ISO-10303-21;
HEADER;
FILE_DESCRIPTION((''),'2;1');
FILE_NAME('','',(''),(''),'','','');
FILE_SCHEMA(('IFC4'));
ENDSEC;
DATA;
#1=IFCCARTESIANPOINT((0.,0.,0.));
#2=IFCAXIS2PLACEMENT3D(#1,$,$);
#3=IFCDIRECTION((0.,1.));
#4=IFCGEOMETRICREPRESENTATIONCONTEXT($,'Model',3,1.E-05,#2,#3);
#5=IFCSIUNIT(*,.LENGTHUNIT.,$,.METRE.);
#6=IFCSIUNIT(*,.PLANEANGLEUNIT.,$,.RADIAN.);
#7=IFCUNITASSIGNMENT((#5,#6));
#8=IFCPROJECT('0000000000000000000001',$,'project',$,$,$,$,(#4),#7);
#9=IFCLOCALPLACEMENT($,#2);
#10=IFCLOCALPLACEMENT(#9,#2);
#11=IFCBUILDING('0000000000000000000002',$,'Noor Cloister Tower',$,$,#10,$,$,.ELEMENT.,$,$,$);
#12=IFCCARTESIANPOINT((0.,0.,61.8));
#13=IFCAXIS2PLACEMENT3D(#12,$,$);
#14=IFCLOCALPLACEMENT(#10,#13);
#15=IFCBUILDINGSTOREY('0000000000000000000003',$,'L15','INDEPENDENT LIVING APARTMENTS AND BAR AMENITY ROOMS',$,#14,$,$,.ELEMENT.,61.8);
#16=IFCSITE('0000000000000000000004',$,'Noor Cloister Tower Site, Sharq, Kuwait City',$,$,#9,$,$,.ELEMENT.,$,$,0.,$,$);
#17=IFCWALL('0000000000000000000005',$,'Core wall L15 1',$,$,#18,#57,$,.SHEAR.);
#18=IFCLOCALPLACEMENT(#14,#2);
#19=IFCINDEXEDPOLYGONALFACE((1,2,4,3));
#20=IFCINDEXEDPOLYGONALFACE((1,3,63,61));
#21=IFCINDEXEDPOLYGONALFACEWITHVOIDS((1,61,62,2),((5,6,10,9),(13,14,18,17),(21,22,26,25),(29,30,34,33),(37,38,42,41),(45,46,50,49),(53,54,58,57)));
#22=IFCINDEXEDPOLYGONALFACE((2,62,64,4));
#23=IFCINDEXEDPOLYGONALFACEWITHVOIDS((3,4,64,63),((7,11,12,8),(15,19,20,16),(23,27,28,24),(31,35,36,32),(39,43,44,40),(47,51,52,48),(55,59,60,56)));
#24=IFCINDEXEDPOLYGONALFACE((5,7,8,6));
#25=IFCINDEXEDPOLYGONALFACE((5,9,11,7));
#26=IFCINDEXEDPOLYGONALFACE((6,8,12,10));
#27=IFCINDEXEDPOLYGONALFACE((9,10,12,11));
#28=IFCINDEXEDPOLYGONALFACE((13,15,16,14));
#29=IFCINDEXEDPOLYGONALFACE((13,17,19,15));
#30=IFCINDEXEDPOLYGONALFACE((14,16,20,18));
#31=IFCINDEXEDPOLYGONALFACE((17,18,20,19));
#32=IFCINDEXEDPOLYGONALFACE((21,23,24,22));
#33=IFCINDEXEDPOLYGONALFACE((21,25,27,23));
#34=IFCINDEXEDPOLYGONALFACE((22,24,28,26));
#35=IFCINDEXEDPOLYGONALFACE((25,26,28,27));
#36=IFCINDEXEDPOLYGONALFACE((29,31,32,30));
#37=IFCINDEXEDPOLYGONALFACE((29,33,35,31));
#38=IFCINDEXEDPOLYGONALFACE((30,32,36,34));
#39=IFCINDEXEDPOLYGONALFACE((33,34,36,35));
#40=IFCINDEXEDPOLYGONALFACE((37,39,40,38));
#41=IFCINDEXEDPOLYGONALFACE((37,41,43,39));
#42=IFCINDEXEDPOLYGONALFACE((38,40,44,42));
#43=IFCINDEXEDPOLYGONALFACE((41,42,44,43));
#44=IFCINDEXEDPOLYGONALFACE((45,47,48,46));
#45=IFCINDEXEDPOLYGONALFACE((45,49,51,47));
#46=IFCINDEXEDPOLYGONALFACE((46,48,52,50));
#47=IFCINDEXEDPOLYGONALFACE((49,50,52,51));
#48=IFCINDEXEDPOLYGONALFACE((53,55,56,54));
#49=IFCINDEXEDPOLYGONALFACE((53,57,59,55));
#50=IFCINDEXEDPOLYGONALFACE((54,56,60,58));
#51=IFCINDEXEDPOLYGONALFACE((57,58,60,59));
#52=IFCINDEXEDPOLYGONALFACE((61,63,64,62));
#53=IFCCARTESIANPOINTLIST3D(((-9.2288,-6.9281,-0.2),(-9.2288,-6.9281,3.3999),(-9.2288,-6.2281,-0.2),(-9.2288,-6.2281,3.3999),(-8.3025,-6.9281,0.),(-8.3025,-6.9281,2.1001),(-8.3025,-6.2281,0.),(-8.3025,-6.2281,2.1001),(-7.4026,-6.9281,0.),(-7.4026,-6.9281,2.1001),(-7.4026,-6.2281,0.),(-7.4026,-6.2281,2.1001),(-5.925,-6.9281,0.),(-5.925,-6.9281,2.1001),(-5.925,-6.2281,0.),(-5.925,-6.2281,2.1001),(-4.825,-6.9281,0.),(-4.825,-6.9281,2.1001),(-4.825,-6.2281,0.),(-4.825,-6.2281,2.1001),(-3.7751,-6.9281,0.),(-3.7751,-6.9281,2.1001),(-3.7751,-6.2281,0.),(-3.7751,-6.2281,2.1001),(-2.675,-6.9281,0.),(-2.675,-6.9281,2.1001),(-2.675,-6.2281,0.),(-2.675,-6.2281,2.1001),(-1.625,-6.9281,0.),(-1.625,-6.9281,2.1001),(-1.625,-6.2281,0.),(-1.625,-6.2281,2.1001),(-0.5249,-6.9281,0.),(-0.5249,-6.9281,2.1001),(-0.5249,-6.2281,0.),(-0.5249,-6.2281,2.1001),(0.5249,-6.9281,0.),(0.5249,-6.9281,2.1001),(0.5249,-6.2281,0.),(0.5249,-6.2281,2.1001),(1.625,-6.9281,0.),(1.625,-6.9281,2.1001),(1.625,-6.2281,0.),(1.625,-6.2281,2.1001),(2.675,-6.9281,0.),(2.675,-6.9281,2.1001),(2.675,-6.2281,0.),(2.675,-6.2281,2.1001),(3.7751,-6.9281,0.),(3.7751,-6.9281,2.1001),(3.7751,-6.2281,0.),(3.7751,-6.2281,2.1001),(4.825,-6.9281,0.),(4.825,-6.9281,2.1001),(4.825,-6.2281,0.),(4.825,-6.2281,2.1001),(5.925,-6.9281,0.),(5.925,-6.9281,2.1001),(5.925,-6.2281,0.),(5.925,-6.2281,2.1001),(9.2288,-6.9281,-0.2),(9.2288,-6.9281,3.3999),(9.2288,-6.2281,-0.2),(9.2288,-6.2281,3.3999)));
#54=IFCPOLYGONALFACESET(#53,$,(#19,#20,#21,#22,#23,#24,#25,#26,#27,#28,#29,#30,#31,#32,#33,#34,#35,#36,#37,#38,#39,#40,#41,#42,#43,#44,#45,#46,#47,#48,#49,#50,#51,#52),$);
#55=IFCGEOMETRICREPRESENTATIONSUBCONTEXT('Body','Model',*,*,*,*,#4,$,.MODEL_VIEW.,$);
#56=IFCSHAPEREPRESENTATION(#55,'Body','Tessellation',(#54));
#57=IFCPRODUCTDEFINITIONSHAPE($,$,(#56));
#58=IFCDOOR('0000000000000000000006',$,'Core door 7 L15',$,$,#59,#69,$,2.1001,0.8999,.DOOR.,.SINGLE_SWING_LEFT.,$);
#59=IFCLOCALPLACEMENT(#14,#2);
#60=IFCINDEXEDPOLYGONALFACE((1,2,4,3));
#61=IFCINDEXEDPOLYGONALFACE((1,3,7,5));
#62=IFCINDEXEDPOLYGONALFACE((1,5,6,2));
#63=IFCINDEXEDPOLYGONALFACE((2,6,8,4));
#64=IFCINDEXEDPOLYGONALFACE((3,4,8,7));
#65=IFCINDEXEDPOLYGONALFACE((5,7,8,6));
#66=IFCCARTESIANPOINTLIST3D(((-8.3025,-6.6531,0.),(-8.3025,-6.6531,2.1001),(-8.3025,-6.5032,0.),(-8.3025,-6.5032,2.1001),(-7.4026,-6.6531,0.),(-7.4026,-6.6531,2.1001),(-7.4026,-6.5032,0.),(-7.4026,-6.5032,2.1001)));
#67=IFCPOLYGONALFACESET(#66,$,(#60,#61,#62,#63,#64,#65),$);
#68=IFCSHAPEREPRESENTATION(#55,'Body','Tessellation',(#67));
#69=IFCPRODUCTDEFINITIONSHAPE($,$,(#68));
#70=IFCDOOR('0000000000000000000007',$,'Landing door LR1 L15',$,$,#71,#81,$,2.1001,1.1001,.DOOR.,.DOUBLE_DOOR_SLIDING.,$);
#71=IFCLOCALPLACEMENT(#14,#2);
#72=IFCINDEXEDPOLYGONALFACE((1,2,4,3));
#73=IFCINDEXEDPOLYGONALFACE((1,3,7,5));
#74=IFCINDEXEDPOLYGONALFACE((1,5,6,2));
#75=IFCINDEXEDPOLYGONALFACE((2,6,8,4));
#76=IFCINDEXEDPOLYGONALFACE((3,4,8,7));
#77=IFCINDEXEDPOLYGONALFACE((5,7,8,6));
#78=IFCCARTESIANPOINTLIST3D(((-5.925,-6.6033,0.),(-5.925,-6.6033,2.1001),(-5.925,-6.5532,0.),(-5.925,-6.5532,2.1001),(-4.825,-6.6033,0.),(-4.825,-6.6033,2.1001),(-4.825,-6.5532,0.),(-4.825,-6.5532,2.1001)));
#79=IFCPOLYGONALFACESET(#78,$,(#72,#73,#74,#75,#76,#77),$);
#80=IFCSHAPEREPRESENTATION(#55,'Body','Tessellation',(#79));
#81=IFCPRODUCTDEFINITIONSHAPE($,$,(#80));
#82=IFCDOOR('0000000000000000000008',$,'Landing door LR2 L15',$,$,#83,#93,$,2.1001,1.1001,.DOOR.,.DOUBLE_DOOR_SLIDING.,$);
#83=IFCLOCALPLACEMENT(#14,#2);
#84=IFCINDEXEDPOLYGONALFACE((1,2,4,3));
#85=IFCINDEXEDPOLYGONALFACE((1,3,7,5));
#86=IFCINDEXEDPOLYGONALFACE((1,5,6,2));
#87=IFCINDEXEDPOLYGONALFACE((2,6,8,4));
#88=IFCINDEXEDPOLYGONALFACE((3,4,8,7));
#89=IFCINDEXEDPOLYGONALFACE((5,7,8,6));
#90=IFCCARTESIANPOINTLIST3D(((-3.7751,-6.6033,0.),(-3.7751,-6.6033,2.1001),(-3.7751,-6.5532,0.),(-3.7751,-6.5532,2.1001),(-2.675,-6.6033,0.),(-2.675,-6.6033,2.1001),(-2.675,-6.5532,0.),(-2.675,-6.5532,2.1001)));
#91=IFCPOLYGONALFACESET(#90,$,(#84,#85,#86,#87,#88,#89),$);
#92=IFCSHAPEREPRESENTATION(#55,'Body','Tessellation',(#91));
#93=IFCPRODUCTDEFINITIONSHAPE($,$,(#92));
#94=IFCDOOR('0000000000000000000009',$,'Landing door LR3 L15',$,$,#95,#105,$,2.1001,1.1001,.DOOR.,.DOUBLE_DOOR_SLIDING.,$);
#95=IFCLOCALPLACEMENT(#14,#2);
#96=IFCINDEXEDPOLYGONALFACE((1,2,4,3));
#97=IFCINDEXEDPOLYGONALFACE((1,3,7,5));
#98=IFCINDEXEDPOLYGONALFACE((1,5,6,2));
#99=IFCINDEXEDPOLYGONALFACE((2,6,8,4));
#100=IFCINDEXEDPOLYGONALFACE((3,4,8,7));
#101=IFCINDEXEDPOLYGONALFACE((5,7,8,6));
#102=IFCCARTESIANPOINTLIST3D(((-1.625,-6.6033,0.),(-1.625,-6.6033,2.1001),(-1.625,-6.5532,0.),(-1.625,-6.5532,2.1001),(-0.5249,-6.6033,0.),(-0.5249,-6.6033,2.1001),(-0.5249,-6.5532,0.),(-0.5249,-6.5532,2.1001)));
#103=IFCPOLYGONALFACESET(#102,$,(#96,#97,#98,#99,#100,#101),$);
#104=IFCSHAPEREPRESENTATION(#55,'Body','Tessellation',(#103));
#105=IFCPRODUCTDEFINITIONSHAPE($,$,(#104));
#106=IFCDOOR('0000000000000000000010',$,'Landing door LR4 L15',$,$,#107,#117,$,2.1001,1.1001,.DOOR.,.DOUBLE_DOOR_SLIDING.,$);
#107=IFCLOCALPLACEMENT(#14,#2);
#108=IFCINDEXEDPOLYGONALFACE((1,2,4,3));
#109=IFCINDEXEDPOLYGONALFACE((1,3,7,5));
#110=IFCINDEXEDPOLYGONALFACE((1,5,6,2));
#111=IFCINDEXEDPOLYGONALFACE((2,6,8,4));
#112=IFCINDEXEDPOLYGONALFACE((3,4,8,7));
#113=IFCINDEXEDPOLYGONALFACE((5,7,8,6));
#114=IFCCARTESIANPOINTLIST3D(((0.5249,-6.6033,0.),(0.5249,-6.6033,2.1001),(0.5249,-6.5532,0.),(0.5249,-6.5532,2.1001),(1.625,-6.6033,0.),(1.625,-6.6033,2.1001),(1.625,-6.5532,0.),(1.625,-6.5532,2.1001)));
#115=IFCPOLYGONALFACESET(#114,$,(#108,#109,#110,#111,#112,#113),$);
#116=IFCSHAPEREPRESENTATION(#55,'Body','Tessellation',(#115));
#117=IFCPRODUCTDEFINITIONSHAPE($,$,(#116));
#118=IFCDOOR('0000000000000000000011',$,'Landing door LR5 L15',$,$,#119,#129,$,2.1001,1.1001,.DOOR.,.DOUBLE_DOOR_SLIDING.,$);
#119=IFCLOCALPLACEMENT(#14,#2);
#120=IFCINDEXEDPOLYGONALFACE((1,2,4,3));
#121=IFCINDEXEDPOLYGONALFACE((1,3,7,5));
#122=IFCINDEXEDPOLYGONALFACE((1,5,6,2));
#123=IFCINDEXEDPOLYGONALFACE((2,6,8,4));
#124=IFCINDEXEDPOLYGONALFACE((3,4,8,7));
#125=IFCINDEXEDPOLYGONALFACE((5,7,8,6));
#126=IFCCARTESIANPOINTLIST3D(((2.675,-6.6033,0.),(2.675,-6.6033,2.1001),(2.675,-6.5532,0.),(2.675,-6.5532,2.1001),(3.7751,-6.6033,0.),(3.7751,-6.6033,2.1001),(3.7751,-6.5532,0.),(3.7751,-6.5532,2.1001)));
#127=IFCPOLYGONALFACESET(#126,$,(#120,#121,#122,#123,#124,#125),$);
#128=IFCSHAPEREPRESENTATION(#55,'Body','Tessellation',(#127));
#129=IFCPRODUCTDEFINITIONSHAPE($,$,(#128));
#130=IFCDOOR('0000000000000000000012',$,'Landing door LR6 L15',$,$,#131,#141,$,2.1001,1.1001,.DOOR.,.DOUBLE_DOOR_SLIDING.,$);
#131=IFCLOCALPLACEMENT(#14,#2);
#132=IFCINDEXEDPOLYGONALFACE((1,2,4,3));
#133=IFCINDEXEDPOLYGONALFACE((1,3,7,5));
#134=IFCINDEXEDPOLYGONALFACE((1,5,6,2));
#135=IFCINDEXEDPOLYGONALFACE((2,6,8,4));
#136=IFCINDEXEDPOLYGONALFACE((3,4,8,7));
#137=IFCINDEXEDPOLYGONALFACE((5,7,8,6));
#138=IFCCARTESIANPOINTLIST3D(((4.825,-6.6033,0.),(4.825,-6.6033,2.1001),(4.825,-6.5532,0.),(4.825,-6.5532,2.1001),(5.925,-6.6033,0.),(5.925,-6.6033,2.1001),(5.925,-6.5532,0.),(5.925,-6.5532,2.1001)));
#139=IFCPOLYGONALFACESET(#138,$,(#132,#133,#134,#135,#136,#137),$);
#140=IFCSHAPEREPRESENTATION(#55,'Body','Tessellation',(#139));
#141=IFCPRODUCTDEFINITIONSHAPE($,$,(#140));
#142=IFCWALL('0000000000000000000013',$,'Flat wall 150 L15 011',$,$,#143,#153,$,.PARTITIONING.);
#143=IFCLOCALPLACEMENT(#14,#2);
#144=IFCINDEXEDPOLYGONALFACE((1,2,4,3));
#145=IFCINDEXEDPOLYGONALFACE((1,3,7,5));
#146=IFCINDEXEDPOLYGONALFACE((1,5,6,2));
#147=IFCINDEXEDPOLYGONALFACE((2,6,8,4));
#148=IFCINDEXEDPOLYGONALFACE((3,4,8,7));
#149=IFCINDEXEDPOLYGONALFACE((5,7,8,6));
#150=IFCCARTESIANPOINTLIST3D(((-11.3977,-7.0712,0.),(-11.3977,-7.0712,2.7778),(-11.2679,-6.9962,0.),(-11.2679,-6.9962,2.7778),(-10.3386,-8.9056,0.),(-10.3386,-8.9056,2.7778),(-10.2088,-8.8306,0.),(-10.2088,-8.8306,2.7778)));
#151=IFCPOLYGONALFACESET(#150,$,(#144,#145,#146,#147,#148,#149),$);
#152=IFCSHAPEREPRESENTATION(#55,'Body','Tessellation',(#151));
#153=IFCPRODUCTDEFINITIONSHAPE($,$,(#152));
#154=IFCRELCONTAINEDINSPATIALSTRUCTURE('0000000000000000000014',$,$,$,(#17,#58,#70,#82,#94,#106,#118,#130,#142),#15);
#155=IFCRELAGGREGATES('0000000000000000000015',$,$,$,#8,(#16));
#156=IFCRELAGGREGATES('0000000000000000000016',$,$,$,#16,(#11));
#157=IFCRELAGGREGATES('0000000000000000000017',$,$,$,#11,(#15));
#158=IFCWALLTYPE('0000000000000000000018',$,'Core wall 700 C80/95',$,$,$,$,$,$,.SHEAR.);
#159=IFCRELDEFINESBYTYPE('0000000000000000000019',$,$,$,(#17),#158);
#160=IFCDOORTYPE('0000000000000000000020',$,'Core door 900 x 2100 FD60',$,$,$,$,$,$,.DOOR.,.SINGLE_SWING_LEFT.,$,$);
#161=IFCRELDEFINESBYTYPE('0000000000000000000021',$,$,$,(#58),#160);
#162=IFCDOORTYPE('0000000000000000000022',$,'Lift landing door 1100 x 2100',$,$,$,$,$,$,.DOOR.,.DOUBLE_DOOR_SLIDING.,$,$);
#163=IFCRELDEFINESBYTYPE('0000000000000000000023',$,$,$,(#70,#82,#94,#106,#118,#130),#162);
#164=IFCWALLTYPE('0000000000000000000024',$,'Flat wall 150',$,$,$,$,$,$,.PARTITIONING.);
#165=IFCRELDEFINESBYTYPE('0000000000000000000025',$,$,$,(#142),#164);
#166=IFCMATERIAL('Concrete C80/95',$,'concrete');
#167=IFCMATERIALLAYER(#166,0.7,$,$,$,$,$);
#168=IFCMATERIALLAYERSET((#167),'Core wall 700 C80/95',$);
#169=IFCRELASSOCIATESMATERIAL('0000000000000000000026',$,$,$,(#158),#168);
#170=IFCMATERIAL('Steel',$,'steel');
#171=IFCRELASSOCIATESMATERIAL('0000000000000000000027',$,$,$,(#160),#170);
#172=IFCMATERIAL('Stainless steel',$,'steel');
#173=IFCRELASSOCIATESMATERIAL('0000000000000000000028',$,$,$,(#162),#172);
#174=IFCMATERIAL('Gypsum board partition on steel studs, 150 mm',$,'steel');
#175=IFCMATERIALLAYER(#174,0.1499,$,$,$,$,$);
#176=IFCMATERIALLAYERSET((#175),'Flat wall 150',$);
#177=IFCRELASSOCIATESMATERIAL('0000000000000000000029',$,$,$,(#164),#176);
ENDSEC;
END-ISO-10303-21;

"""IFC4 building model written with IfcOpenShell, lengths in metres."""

from ifc_helpers import new_model, si_unit, direction, frame, frame_2d, origin, place, context, subcontext, project, spatial, rectangle, extrude, material, layer, layer_set, type_object, element, fill, save


model = new_model("IFC4")

# Units and contexts
model_context = context("Model", 3, precision=1e-05, world=origin(), true_north=direction((0.0, 1.0)))
body_context = subcontext(model_context, "Body", "Model", "MODEL_VIEW")
ifc_project = project(units=[si_unit("LENGTHUNIT", "METRE"), si_unit("PLANEANGLEUNIT", "RADIAN")], contexts=[model_context])

# Site, building, storey
site_placement = place(None, origin())
site = spatial("IfcSite", under=ifc_project, at=site_placement, Name="Noor Cloister Tower Site, Sharq, Kuwait City", CompositionType="ELEMENT", RefElevation=0.0)
building_placement = place(site_placement, origin())
building = spatial("IfcBuilding", under=site, at=building_placement, Name="Noor Cloister Tower", CompositionType="ELEMENT")
storey_placement = place(building_placement, frame((0.0, 0.0, 61.8)))
storey = spatial("IfcBuildingStorey", under=building, at=storey_placement, Name="L15", Description="INDEPENDENT LIVING APARTMENTS AND BAR AMENITY ROOMS", CompositionType="ELEMENT", Elevation=61.8)

# Wall, openings, doors
ifc_material_1 = material(Name="Concrete C80/95", Category="concrete")
ifc_layer_1 = layer(ifc_material_1, 0.7)
ifc_layer_set_1 = layer_set([ifc_layer_1], Name="Core wall 700 C80/95")
wall_type_1 = type_object("IfcWallType", Name="Core wall 700 C80/95", PredefinedType="SHEAR", material=ifc_layer_set_1)
wall_1_placement = place(storey_placement, frame((-9.2288, -6.5781, -0.2), z_axis=(0.0, 0.0, 1.0), x_axis=(1.0, 0.0, 0.0)))
wall_1 = element("IfcWall", 1, at=wall_1_placement, inside=storey, type_object=wall_type_1, Name="Core wall L15 1", PredefinedType="SHEAR", context=body_context, shape_type="SweptSolid", body=[
    extrude(rectangle(XDim=18.4575, YDim=0.7, at=frame_2d((9.2288, 0.0))), origin(), (0.0, 0.0, 1.0), 3.5999),
])
opening_1_placement = place(wall_1_placement, frame((3.3037, 0.0, 0.2)))
opening_1 = element("IfcOpeningElement", 2, at=opening_1_placement, cuts=wall_1, PredefinedType="OPENING", context=body_context, shape_type="SweptSolid", body=[
    extrude(rectangle(XDim=1.1001, YDim=2.1001, at=frame_2d((0.55, 1.05))), frame((0.0, 0.3599, 0.0), z_axis=(0.0, -1.0, 0.0), x_axis=(1.0, 0.0, 0.0)), (0.0, 0.0, 1.0), 0.72),
])
opening_2_placement = place(wall_1_placement, frame((5.4536, 0.0, 0.2)))
opening_2 = element("IfcOpeningElement", 3, at=opening_2_placement, cuts=wall_1, PredefinedType="OPENING", context=body_context, shape_type="SweptSolid", body=[
    extrude(rectangle(XDim=1.1001, YDim=2.1001, at=frame_2d((0.55, 1.05))), frame((0.0, 0.3599, 0.0), z_axis=(0.0, -1.0, 0.0), x_axis=(1.0, 0.0, 0.0)), (0.0, 0.0, 1.0), 0.72),
])
opening_3_placement = place(wall_1_placement, frame((7.6038, 0.0, 0.2)))
opening_3 = element("IfcOpeningElement", 4, at=opening_3_placement, cuts=wall_1, PredefinedType="OPENING", context=body_context, shape_type="SweptSolid", body=[
    extrude(rectangle(XDim=1.1001, YDim=2.1001, at=frame_2d((0.55, 1.05))), frame((0.0, 0.3599, 0.0), z_axis=(0.0, -1.0, 0.0), x_axis=(1.0, 0.0, 0.0)), (0.0, 0.0, 1.0), 0.72),
])
opening_4_placement = place(wall_1_placement, frame((9.7537, 0.0, 0.2)))
opening_4 = element("IfcOpeningElement", 5, at=opening_4_placement, cuts=wall_1, PredefinedType="OPENING", context=body_context, shape_type="SweptSolid", body=[
    extrude(rectangle(XDim=1.1001, YDim=2.1001, at=frame_2d((0.55, 1.05))), frame((0.0, 0.3599, 0.0), z_axis=(0.0, -1.0, 0.0), x_axis=(1.0, 0.0, 0.0)), (0.0, 0.0, 1.0), 0.72),
])
opening_5_placement = place(wall_1_placement, frame((11.9038, 0.0, 0.2)))
opening_5 = element("IfcOpeningElement", 6, at=opening_5_placement, cuts=wall_1, PredefinedType="OPENING", context=body_context, shape_type="SweptSolid", body=[
    extrude(rectangle(XDim=1.1001, YDim=2.1001, at=frame_2d((0.55, 1.05))), frame((0.0, 0.3599, 0.0), z_axis=(0.0, -1.0, 0.0), x_axis=(1.0, 0.0, 0.0)), (0.0, 0.0, 1.0), 0.72),
])
opening_6_placement = place(wall_1_placement, frame((14.0537, 0.0, 0.2)))
opening_6 = element("IfcOpeningElement", 7, at=opening_6_placement, cuts=wall_1, PredefinedType="OPENING", context=body_context, shape_type="SweptSolid", body=[
    extrude(rectangle(XDim=1.1001, YDim=2.1001, at=frame_2d((0.55, 1.05))), frame((0.0, 0.3599, 0.0), z_axis=(0.0, -1.0, 0.0), x_axis=(1.0, 0.0, 0.0)), (0.0, 0.0, 1.0), 0.72),
])
opening_7_placement = place(wall_1_placement, frame((0.9263, 0.0, 0.2)))
opening_7 = element("IfcOpeningElement", 8, at=opening_7_placement, cuts=wall_1, PredefinedType="OPENING", context=body_context, shape_type="SweptSolid", body=[
    extrude(rectangle(XDim=0.8999, YDim=2.1001, at=frame_2d((0.45, 1.05))), frame((0.0, 0.3599, 0.0), z_axis=(0.0, -1.0, 0.0), x_axis=(1.0, 0.0, 0.0)), (0.0, 0.0, 1.0), 0.72),
])
ifc_material_2 = material(Name="Steel", Category="steel")
door_type_1 = type_object("IfcDoorType", Name="Core door 900 x 2100 FD60", OperationType="SINGLE_SWING_LEFT", PredefinedType="DOOR", material=ifc_material_2)
door_1_placement = place(opening_7_placement, origin())
door_1 = element("IfcDoor", 9, at=door_1_placement, inside=storey, type_object=door_type_1, Name="Core door 7 L15", OperationType="SINGLE_SWING_LEFT", OverallHeight=2.1001, OverallWidth=0.8999, PredefinedType="DOOR", context=body_context, shape_type="SweptSolid", body=[
    extrude(rectangle(XDim=0.8999, YDim=2.1001, at=frame_2d((0.45, 1.05))), frame((0.0, 0.075, 0.0), z_axis=(0.0, -1.0, 0.0), x_axis=(1.0, 0.0, 0.0)), (0.0, 0.0, 1.0), 0.1499),
])
fill(opening_7, door_1)
ifc_material_3 = material(Name="Stainless steel", Category="steel")
door_type_2 = type_object("IfcDoorType", Name="Lift landing door 1100 x 2100", OperationType="DOUBLE_DOOR_SLIDING", PredefinedType="DOOR", material=ifc_material_3)
door_2_placement = place(opening_1_placement, origin())
door_2 = element("IfcDoor", 10, at=door_2_placement, inside=storey, type_object=door_type_2, Name="Landing door LR1 L15", OperationType="DOUBLE_DOOR_SLIDING", OverallHeight=2.1001, OverallWidth=1.1001, PredefinedType="DOOR", context=body_context, shape_type="SweptSolid", body=[
    extrude(rectangle(XDim=1.1001, YDim=2.1001, at=frame_2d((0.55, 1.05))), frame((0.0, 0.0249, 0.0), z_axis=(0.0, -1.0, 0.0), x_axis=(1.0, 0.0, 0.0)), (0.0, 0.0, 1.0), 0.05),
])
fill(opening_1, door_2)
door_3_placement = place(opening_2_placement, origin())
door_3 = element("IfcDoor", 11, at=door_3_placement, inside=storey, type_object=door_type_2, Name="Landing door LR2 L15", OperationType="DOUBLE_DOOR_SLIDING", OverallHeight=2.1001, OverallWidth=1.1001, PredefinedType="DOOR", context=body_context, shape_type="SweptSolid", body=[
    extrude(rectangle(XDim=1.1001, YDim=2.1001, at=frame_2d((0.55, 1.05))), frame((0.0, 0.0249, 0.0), z_axis=(0.0, -1.0, 0.0), x_axis=(1.0, 0.0, 0.0)), (0.0, 0.0, 1.0), 0.05),
])
fill(opening_2, door_3)
door_4_placement = place(opening_3_placement, origin())
door_4 = element("IfcDoor", 12, at=door_4_placement, inside=storey, type_object=door_type_2, Name="Landing door LR3 L15", OperationType="DOUBLE_DOOR_SLIDING", OverallHeight=2.1001, OverallWidth=1.1001, PredefinedType="DOOR", context=body_context, shape_type="SweptSolid", body=[
    extrude(rectangle(XDim=1.1001, YDim=2.1001, at=frame_2d((0.55, 1.05))), frame((0.0, 0.0249, 0.0), z_axis=(0.0, -1.0, 0.0), x_axis=(1.0, 0.0, 0.0)), (0.0, 0.0, 1.0), 0.05),
])
fill(opening_3, door_4)
door_5_placement = place(opening_4_placement, origin())
door_5 = element("IfcDoor", 13, at=door_5_placement, inside=storey, type_object=door_type_2, Name="Landing door LR4 L15", OperationType="DOUBLE_DOOR_SLIDING", OverallHeight=2.1001, OverallWidth=1.1001, PredefinedType="DOOR", context=body_context, shape_type="SweptSolid", body=[
    extrude(rectangle(XDim=1.1001, YDim=2.1001, at=frame_2d((0.55, 1.05))), frame((0.0, 0.0249, 0.0), z_axis=(0.0, -1.0, 0.0), x_axis=(1.0, 0.0, 0.0)), (0.0, 0.0, 1.0), 0.05),
])
fill(opening_4, door_5)
door_6_placement = place(opening_5_placement, origin())
door_6 = element("IfcDoor", 14, at=door_6_placement, inside=storey, type_object=door_type_2, Name="Landing door LR5 L15", OperationType="DOUBLE_DOOR_SLIDING", OverallHeight=2.1001, OverallWidth=1.1001, PredefinedType="DOOR", context=body_context, shape_type="SweptSolid", body=[
    extrude(rectangle(XDim=1.1001, YDim=2.1001, at=frame_2d((0.55, 1.05))), frame((0.0, 0.0249, 0.0), z_axis=(0.0, -1.0, 0.0), x_axis=(1.0, 0.0, 0.0)), (0.0, 0.0, 1.0), 0.05),
])
fill(opening_5, door_6)
door_7_placement = place(opening_6_placement, origin())
door_7 = element("IfcDoor", 15, at=door_7_placement, inside=storey, type_object=door_type_2, Name="Landing door LR6 L15", OperationType="DOUBLE_DOOR_SLIDING", OverallHeight=2.1001, OverallWidth=1.1001, PredefinedType="DOOR", context=body_context, shape_type="SweptSolid", body=[
    extrude(rectangle(XDim=1.1001, YDim=2.1001, at=frame_2d((0.55, 1.05))), frame((0.0, 0.0249, 0.0), z_axis=(0.0, -1.0, 0.0), x_axis=(1.0, 0.0, 0.0)), (0.0, 0.0, 1.0), 0.05),
])
fill(opening_6, door_7)

# Wall
ifc_material_4 = material(Name="Gypsum board partition on steel studs, 150 mm", Category="steel")
ifc_layer_2 = layer(ifc_material_4, 0.1499)
ifc_layer_set_2 = layer_set([ifc_layer_2], Name="Flat wall 150")
wall_type_2 = type_object("IfcWallType", Name="Flat wall 150", PredefinedType="PARTITIONING", material=ifc_layer_set_2)
wall_2_placement = place(storey_placement, frame((-11.3328, -7.0337, 0.0), z_axis=(0.0, 0.0, 1.0), x_axis=(0.499982, -0.866036, 0.0)))
element("IfcWall", 16, at=wall_2_placement, inside=storey, type_object=wall_type_2, Name="Flat wall 150 L15 011", PredefinedType="PARTITIONING", context=body_context, shape_type="SweptSolid", body=[
    extrude(rectangle(XDim=2.1182, YDim=0.1499, at=frame_2d((1.0591, 0.0))), origin(), (0.0, 0.0, 1.0), 2.7778),
])

save(model, "model.ifc")
